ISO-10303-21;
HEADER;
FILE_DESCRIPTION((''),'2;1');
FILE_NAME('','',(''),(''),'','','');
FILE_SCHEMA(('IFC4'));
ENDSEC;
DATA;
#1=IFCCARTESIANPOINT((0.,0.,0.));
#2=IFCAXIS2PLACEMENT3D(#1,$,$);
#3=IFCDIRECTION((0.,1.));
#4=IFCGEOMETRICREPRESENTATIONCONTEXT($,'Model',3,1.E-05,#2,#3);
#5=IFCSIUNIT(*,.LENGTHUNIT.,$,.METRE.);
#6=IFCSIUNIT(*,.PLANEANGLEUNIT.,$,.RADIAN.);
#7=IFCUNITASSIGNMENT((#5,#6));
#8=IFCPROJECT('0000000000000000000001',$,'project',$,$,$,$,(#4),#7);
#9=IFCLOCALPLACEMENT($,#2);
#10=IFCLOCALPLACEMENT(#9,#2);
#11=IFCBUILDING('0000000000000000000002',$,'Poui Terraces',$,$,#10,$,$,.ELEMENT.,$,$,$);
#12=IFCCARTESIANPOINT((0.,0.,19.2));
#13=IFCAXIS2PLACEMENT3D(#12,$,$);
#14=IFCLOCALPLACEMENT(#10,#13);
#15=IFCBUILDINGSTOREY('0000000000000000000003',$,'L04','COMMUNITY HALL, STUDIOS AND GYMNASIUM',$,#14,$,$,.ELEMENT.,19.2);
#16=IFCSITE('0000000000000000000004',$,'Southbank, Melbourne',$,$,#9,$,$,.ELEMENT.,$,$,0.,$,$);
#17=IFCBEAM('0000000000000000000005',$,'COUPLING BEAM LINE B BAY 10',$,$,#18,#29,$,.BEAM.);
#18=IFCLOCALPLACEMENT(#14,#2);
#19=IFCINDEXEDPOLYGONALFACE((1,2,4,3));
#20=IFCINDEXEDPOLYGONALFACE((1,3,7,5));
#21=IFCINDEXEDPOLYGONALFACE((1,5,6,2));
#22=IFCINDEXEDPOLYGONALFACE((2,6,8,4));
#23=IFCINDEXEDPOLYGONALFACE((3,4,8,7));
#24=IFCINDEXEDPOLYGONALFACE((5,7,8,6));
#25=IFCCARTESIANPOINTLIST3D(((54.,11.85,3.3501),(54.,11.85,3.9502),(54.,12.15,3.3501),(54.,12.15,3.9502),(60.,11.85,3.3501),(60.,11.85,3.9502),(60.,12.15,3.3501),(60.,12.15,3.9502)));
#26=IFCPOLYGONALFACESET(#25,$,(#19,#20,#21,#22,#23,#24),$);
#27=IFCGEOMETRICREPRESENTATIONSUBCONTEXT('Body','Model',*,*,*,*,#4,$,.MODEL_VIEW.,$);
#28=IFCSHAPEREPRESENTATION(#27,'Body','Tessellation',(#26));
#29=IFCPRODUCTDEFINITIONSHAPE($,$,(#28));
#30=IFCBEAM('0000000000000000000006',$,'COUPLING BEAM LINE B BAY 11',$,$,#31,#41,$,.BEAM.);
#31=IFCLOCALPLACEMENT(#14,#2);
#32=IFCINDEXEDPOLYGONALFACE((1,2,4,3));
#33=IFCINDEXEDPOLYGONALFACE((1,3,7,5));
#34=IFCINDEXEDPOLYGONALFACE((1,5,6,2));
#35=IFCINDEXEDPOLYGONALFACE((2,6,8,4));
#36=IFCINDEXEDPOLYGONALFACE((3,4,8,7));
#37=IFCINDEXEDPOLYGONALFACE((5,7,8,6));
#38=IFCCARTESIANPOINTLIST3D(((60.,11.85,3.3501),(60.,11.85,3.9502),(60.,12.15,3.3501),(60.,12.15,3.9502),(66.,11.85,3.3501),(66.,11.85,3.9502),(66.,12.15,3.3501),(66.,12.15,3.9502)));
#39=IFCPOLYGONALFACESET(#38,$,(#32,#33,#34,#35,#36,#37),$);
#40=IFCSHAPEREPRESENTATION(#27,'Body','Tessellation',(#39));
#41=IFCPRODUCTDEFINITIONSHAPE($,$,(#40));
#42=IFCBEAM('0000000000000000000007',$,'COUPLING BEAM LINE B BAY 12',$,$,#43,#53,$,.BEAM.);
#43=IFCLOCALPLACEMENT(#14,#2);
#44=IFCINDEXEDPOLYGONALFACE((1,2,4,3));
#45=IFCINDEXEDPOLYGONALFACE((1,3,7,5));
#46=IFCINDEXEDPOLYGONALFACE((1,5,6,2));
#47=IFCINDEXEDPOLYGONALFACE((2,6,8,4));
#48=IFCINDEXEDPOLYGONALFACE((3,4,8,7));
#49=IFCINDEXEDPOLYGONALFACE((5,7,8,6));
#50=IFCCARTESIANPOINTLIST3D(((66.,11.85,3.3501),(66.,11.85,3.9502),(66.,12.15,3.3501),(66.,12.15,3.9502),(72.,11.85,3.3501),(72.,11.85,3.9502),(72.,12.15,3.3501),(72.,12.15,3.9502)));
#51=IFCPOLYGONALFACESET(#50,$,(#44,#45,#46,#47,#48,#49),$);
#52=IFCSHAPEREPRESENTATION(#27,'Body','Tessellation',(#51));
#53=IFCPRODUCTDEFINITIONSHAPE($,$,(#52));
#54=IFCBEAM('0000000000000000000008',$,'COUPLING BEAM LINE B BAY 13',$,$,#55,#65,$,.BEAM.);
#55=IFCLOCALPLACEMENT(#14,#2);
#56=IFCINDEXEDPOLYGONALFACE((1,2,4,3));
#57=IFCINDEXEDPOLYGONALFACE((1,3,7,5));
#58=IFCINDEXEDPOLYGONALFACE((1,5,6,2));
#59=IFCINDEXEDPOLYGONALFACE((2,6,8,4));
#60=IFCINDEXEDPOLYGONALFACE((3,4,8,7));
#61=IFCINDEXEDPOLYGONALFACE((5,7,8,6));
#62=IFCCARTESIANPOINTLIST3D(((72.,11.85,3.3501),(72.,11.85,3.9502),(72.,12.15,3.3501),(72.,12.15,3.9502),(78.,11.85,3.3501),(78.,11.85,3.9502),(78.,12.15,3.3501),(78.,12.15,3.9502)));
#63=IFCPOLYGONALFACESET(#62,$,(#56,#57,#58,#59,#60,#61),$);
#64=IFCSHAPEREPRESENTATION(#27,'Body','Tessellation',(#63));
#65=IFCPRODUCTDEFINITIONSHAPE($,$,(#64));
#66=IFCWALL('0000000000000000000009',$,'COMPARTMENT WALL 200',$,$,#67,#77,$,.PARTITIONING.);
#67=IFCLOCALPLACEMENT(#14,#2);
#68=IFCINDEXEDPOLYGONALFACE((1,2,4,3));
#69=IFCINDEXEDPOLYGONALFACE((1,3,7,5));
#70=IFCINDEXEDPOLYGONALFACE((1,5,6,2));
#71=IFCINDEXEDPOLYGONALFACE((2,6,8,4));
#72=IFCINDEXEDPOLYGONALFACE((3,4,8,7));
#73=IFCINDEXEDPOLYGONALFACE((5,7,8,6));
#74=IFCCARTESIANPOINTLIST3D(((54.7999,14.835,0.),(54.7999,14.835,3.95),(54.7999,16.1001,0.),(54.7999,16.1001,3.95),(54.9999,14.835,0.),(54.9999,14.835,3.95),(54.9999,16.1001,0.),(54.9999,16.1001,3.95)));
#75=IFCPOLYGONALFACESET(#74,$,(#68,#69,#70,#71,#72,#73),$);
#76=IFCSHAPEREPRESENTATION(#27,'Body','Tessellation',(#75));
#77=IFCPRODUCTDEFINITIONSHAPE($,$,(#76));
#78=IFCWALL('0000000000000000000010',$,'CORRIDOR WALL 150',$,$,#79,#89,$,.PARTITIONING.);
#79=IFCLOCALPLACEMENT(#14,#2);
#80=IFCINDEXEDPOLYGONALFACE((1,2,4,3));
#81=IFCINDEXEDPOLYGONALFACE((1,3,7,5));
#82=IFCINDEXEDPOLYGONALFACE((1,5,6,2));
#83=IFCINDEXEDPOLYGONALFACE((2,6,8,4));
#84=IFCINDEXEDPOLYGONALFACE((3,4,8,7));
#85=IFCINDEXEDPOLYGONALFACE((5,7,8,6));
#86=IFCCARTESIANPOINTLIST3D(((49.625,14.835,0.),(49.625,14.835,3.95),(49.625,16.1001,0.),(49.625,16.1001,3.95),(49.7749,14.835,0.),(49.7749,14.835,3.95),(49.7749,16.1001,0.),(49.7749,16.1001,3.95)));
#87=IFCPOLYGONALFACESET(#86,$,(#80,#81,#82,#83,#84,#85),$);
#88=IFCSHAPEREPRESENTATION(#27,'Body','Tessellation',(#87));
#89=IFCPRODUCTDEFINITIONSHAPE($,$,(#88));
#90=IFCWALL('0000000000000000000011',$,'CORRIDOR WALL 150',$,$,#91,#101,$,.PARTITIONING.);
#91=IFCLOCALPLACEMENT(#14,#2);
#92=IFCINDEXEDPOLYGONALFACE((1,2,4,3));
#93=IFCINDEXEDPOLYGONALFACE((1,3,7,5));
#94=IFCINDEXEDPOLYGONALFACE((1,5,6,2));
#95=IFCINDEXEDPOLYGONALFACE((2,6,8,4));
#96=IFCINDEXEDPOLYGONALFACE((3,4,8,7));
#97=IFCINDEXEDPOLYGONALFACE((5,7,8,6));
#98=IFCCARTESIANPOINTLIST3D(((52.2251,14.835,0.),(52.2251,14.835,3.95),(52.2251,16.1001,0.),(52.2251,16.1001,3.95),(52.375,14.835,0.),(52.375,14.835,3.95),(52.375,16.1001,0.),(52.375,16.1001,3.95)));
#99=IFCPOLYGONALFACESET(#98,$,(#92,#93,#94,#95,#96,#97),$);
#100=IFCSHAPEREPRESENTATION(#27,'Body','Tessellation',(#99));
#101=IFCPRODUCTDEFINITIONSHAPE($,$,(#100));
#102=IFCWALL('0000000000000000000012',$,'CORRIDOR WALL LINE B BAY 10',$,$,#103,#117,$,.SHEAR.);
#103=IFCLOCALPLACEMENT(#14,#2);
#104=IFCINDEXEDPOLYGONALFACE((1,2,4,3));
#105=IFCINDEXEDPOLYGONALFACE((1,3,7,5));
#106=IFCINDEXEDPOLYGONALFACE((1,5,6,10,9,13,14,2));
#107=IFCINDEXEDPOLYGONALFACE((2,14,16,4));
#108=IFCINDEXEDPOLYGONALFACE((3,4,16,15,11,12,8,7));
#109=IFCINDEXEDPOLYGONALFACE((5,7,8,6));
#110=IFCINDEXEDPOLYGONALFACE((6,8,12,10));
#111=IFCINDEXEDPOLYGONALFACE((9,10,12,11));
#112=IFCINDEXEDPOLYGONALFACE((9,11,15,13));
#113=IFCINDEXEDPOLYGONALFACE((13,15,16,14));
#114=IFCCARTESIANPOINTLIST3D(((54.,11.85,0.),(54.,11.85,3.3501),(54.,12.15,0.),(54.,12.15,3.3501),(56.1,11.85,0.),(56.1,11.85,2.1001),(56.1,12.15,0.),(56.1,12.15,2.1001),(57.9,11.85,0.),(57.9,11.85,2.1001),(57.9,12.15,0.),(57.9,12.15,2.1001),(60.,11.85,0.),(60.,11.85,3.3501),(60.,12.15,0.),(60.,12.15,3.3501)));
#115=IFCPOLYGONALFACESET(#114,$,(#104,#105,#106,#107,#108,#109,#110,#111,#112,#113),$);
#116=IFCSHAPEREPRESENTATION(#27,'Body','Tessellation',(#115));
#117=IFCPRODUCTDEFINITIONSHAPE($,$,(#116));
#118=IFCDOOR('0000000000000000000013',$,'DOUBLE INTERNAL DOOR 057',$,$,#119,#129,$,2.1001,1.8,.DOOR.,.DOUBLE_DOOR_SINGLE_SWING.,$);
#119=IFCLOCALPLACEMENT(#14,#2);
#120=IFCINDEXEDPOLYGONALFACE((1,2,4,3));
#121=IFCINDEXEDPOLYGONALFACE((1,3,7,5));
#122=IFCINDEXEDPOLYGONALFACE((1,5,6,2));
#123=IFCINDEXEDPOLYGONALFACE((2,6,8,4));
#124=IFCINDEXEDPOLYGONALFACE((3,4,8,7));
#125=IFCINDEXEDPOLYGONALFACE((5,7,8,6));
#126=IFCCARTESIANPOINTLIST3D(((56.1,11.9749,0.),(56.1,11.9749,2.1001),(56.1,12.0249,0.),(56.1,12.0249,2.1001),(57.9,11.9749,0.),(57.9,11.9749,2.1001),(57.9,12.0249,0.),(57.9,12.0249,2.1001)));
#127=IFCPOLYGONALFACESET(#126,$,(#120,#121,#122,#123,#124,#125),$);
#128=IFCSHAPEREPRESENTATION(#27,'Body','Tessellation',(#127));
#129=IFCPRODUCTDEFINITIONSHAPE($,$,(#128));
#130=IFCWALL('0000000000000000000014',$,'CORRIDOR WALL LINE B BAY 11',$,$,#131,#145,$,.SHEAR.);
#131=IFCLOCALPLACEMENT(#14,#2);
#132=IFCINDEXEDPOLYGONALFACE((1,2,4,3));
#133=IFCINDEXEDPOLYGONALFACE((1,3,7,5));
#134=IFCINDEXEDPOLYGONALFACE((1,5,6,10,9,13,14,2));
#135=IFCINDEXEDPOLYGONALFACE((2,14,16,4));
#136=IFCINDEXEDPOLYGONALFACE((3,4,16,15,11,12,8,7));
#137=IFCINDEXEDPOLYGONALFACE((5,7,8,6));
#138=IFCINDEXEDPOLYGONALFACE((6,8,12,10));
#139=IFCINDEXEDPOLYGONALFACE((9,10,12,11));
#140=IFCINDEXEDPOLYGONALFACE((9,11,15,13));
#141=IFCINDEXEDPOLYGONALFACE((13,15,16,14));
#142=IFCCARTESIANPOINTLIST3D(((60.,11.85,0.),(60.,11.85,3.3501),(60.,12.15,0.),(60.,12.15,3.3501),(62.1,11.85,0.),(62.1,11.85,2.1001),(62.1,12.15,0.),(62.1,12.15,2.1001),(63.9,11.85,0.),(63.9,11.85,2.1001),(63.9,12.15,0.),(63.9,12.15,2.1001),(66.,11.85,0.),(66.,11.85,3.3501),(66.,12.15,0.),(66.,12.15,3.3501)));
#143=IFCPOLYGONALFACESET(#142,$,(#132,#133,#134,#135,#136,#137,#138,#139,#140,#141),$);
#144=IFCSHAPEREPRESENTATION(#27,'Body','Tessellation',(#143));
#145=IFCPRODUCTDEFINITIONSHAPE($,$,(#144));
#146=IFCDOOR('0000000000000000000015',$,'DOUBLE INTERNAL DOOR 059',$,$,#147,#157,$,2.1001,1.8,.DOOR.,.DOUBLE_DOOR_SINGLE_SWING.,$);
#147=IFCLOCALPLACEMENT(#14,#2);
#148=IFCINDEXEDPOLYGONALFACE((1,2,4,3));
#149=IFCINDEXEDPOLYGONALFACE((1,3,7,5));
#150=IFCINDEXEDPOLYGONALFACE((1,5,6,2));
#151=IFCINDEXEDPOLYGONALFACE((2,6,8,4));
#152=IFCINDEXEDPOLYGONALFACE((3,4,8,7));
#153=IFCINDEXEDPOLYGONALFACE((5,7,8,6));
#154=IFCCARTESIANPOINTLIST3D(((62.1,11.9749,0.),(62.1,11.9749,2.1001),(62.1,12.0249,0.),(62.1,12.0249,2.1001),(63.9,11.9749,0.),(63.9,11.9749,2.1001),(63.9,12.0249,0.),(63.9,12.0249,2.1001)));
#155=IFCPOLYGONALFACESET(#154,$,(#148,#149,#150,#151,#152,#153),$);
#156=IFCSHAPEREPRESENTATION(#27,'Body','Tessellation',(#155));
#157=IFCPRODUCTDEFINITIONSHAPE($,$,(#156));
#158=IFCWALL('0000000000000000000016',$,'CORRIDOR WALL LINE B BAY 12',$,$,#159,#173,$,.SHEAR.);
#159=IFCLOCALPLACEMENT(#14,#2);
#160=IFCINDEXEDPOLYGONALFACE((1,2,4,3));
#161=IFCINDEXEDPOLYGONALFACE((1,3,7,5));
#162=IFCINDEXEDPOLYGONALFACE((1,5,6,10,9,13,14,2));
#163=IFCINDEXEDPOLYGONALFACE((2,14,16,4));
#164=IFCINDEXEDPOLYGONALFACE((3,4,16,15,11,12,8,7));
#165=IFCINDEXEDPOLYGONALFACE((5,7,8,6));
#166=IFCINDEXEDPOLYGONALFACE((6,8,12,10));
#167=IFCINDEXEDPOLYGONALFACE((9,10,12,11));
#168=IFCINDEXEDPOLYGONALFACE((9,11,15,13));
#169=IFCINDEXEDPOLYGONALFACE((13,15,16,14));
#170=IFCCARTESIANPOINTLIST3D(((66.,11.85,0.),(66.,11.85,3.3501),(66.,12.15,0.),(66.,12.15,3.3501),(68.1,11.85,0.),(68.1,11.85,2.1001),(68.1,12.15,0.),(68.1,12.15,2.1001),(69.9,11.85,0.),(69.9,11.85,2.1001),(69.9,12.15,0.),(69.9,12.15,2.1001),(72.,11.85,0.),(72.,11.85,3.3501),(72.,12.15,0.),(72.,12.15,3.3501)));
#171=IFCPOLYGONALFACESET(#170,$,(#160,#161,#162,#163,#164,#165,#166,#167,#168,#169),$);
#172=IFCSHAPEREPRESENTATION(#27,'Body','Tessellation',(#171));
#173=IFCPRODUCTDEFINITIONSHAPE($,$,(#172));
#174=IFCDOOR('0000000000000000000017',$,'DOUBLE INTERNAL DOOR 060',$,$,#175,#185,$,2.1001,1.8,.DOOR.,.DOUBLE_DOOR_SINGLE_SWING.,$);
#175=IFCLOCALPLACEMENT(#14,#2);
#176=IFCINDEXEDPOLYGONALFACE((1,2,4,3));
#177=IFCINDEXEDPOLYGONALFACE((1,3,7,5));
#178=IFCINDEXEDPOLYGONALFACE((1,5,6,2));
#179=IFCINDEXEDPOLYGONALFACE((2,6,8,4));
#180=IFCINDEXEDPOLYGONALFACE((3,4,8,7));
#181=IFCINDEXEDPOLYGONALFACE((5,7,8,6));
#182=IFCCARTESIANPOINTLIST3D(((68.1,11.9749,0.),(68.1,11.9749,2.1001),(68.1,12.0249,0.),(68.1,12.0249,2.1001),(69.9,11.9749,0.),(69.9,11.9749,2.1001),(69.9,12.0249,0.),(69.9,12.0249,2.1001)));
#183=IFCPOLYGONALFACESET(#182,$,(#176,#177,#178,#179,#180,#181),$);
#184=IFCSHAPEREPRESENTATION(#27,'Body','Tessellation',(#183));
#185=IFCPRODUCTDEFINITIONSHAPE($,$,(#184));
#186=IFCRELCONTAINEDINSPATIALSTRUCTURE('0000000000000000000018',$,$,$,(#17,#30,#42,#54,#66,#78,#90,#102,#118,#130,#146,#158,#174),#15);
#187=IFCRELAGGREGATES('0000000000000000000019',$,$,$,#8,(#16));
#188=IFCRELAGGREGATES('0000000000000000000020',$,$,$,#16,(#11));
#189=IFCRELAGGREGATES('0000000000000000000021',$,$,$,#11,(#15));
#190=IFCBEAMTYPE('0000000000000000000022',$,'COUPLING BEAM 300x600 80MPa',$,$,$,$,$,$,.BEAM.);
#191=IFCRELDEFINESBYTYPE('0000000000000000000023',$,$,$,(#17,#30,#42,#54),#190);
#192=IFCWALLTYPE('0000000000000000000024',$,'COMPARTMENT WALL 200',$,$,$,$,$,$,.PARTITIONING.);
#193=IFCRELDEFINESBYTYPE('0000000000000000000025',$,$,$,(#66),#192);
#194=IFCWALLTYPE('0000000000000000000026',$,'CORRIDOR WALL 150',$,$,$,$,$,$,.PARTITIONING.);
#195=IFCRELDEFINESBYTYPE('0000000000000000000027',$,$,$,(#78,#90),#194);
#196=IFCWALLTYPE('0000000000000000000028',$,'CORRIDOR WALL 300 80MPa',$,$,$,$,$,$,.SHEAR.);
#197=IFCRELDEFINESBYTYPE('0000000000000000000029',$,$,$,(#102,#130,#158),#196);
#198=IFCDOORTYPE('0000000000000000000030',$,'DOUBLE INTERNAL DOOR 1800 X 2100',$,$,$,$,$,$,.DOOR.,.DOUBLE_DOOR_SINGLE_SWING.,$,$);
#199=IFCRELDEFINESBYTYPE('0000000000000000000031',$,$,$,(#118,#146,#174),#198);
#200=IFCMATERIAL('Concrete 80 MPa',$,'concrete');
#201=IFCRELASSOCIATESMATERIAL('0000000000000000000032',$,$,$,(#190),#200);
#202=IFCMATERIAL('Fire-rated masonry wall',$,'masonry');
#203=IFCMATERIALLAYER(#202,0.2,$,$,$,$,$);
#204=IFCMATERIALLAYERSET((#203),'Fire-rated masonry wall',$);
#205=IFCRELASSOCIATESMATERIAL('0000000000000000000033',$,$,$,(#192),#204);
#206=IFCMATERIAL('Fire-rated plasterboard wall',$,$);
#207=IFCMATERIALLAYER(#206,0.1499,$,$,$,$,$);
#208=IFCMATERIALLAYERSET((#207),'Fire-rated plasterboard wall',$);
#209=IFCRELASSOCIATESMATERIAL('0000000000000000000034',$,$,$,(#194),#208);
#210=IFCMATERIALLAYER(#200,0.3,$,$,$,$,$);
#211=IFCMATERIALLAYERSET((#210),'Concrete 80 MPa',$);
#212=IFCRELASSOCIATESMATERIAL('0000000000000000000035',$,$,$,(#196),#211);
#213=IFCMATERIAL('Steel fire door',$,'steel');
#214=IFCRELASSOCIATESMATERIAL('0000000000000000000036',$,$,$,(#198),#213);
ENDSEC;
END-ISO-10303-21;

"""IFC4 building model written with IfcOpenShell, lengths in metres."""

from ifc_helpers import new_model, si_unit, direction, frame, frame_2d, origin, origin_2d, place, context, subcontext, project, spatial, rectangle, extrude, source, transform, mapped, material, layer, layer_set, material_profile, profile_set, type_object, element, fill, save


model = new_model("IFC4")

# Units and contexts
model_context = context("Model", 3, precision=1e-05, world=origin(), true_north=direction((0.0, 1.0)))
body_context = subcontext(model_context, "Body", "Model", "MODEL_VIEW")
ifc_project = project(units=[si_unit("LENGTHUNIT", "METRE"), si_unit("PLANEANGLEUNIT", "RADIAN")], contexts=[model_context])

# Site, building, storey
site_placement = place(None, origin())
site = spatial("IfcSite", under=ifc_project, at=site_placement, Name="Southbank, Melbourne", CompositionType="ELEMENT", RefElevation=0.0)
building_placement = place(site_placement, origin())
building = spatial("IfcBuilding", under=site, at=building_placement, Name="Poui Terraces", CompositionType="ELEMENT")
storey_placement = place(building_placement, frame((0.0, 0.0, 19.2)))
storey = spatial("IfcBuildingStorey", under=building, at=storey_placement, Name="L04", Description="COMMUNITY HALL, STUDIOS AND GYMNASIUM", CompositionType="ELEMENT", Elevation=19.2)

# Beams
ifc_material_1 = material(Name="Concrete 80 MPa", Category="concrete")
ifc_material_profile = material_profile(ifc_material_1, rectangle(XDim=0.3, YDim=0.6001, at=origin_2d()), Name="RC 300x600")
ifc_profile_set = profile_set([ifc_material_profile], Name="Concrete 80 MPa")
beam_type = type_object("IfcBeamType", Name="COUPLING BEAM 300x600 80MPa", PredefinedType="BEAM", material=ifc_profile_set)
shared_shape = source(origin(), body_context, "Body", "SweptSolid", [
    extrude(rectangle(XDim=0.3, YDim=0.6001, at=origin_2d()), origin(), (0.0, 0.0, 1.0), 6.0),
])
for number, where, z_axis, x_axis, name in (
    (1, (54.0, 12.0, 3.6501), (1.0, 0.0, 0.0), (0.0, 1.0, 0.0), "COUPLING BEAM LINE B BAY 10"),
    (2, (60.0, 12.0, 3.6501), (1.0, 0.0, 0.0), (0.0, 1.0, 0.0), "COUPLING BEAM LINE B BAY 11"),
    (3, (66.0, 12.0, 3.6501), (1.0, 0.0, 0.0), (0.0, 1.0, 0.0), "COUPLING BEAM LINE B BAY 12"),
    (4, (72.0, 12.0, 3.6501), (1.0, 0.0, 0.0), (0.0, 1.0, 0.0), "COUPLING BEAM LINE B BAY 13"),
):
    element("IfcBeam", number, at=place(storey_placement, frame(where, z_axis=z_axis, x_axis=x_axis)), inside=storey, type_object=beam_type, Name=name, PredefinedType="BEAM", context=body_context, shape_type="MappedRepresentation", body=[
        mapped(shared_shape, transform((0.0, 0.0, 0.0))),
    ])

# Walls
ifc_material_2 = material(Name="Fire-rated masonry wall", Category="masonry")
ifc_layer_1 = layer(ifc_material_2, 0.2)
ifc_layer_set_1 = layer_set([ifc_layer_1], Name="Fire-rated masonry wall")
wall_type_1 = type_object("IfcWallType", Name="COMPARTMENT WALL 200", PredefinedType="PARTITIONING", material=ifc_layer_set_1)
wall_1_placement = place(storey_placement, frame((54.8999, 14.835, 0.0), z_axis=(0.0, 0.0, 1.0), x_axis=(0.0, 1.0, 0.0)))
element("IfcWall", 5, at=wall_1_placement, inside=storey, type_object=wall_type_1, Name="COMPARTMENT WALL 200", PredefinedType="PARTITIONING", context=body_context, shape_type="SweptSolid", body=[
    extrude(rectangle(XDim=1.2651, YDim=0.2, at=frame_2d((0.6326, 0.0))), origin(), (0.0, 0.0, 1.0), 3.95),
])
ifc_material_3 = material(Name="Fire-rated plasterboard wall")
ifc_layer_2 = layer(ifc_material_3, 0.1499)
ifc_layer_set_2 = layer_set([ifc_layer_2], Name="Fire-rated plasterboard wall")
wall_type_2 = type_object("IfcWallType", Name="CORRIDOR WALL 150", PredefinedType="PARTITIONING", material=ifc_layer_set_2)
for number, where, z_axis, x_axis, name in (
    (6, (49.7, 14.835, 0.0), (0.0, 0.0, 1.0), (0.0, 1.0, 0.0), "CORRIDOR WALL 150"),
    (7, (52.3, 14.835, 0.0), (0.0, 0.0, 1.0), (0.0, 1.0, 0.0), "CORRIDOR WALL 150"),
):
    element("IfcWall", number, at=place(storey_placement, frame(where, z_axis=z_axis, x_axis=x_axis)), inside=storey, type_object=wall_type_2, Name=name, PredefinedType="PARTITIONING", context=body_context, shape_type="SweptSolid", body=[
        extrude(rectangle(XDim=1.2651, YDim=0.1499, at=frame_2d((0.6326, 0.0))), origin(), (0.0, 0.0, 1.0), 3.95),
    ])

# Walls, openings, doors
ifc_layer_3 = layer(ifc_material_1, 0.3)
ifc_layer_set_3 = layer_set([ifc_layer_3], Name="Concrete 80 MPa")
wall_type_3 = type_object("IfcWallType", Name="CORRIDOR WALL 300 80MPa", PredefinedType="SHEAR", material=ifc_layer_set_3)
wall_2_placement = place(storey_placement, frame((54.0, 12.0, 0.0), z_axis=(0.0, 0.0, 1.0), x_axis=(1.0, 0.0, 0.0)))
wall_2 = element("IfcWall", 8, at=wall_2_placement, inside=storey, type_object=wall_type_3, Name="CORRIDOR WALL LINE B BAY 10", PredefinedType="SHEAR", context=body_context, shape_type="SweptSolid", body=[
    extrude(rectangle(XDim=6.0, YDim=0.3, at=frame_2d((3.0, 0.0))), origin(), (0.0, 0.0, 1.0), 3.3501),
])
opening_1_placement = place(wall_2_placement, frame((2.1001, 0.0, 0.0)))
opening_1 = element("IfcOpeningElement", 9, at=opening_1_placement, cuts=wall_2, PredefinedType="OPENING", context=body_context, shape_type="SweptSolid", body=[
    extrude(rectangle(XDim=1.8, YDim=2.1001, at=frame_2d((0.8999, 1.05))), frame((0.0, 0.1602, 0.0), z_axis=(0.0, -1.0, 0.0), x_axis=(1.0, 0.0, 0.0)), (0.0, 0.0, 1.0), 0.3201),
])
ifc_material_4 = material(Name="Steel fire door", Category="steel")
door_type_1 = type_object("IfcDoorType", Name="DOUBLE INTERNAL DOOR 1800 X 2100", OperationType="DOUBLE_DOOR_SINGLE_SWING", PredefinedType="DOOR", material=ifc_material_4)
door_1_placement = place(opening_1_placement, origin())
door_1 = element("IfcDoor", 10, at=door_1_placement, inside=storey, type_object=door_type_1, Name="DOUBLE INTERNAL DOOR 057", OperationType="DOUBLE_DOOR_SINGLE_SWING", OverallHeight=2.1001, OverallWidth=1.8, PredefinedType="DOOR", context=body_context, shape_type="SweptSolid", body=[
    extrude(rectangle(XDim=1.8, YDim=2.1001, at=frame_2d((0.8999, 1.05))), frame((0.0, 0.0249, 0.0), z_axis=(0.0, -1.0, 0.0), x_axis=(1.0, 0.0, 0.0)), (0.0, 0.0, 1.0), 0.05),
])
fill(opening_1, door_1)
wall_3_placement = place(storey_placement, frame((60.0, 12.0, 0.0), z_axis=(0.0, 0.0, 1.0), x_axis=(1.0, 0.0, 0.0)))
wall_3 = element("IfcWall", 11, at=wall_3_placement, inside=storey, type_object=wall_type_3, Name="CORRIDOR WALL LINE B BAY 11", PredefinedType="SHEAR", context=body_context, shape_type="SweptSolid", body=[
    extrude(rectangle(XDim=6.0, YDim=0.3, at=frame_2d((3.0, 0.0))), origin(), (0.0, 0.0, 1.0), 3.3501),
])
opening_2_placement = place(wall_3_placement, frame((2.1001, 0.0, 0.0)))
opening_2 = element("IfcOpeningElement", 12, at=opening_2_placement, cuts=wall_3, PredefinedType="OPENING", context=body_context, shape_type="SweptSolid", body=[
    extrude(rectangle(XDim=1.8, YDim=2.1001, at=frame_2d((0.8999, 1.05))), frame((0.0, 0.1602, 0.0), z_axis=(0.0, -1.0, 0.0), x_axis=(1.0, 0.0, 0.0)), (0.0, 0.0, 1.0), 0.3201),
])
door_2_placement = place(opening_2_placement, origin())
door_2 = element("IfcDoor", 13, at=door_2_placement, inside=storey, type_object=door_type_1, Name="DOUBLE INTERNAL DOOR 059", OperationType="DOUBLE_DOOR_SINGLE_SWING", OverallHeight=2.1001, OverallWidth=1.8, PredefinedType="DOOR", context=body_context, shape_type="SweptSolid", body=[
    extrude(rectangle(XDim=1.8, YDim=2.1001, at=frame_2d((0.8999, 1.05))), frame((0.0, 0.0249, 0.0), z_axis=(0.0, -1.0, 0.0), x_axis=(1.0, 0.0, 0.0)), (0.0, 0.0, 1.0), 0.05),
])
fill(opening_2, door_2)
wall_4_placement = place(storey_placement, frame((66.0, 12.0, 0.0), z_axis=(0.0, 0.0, 1.0), x_axis=(1.0, 0.0, 0.0)))
wall_4 = element("IfcWall", 14, at=wall_4_placement, inside=storey, type_object=wall_type_3, Name="CORRIDOR WALL LINE B BAY 12", PredefinedType="SHEAR", context=body_context, shape_type="SweptSolid", body=[
    extrude(rectangle(XDim=6.0, YDim=0.3, at=frame_2d((3.0, 0.0))), origin(), (0.0, 0.0, 1.0), 3.3501),
])
opening_3_placement = place(wall_4_placement, frame((2.1001, 0.0, 0.0)))
opening_3 = element("IfcOpeningElement", 15, at=opening_3_placement, cuts=wall_4, PredefinedType="OPENING", context=body_context, shape_type="SweptSolid", body=[
    extrude(rectangle(XDim=1.8, YDim=2.1001, at=frame_2d((0.8999, 1.05))), frame((0.0, 0.1602, 0.0), z_axis=(0.0, -1.0, 0.0), x_axis=(1.0, 0.0, 0.0)), (0.0, 0.0, 1.0), 0.3201),
])
door_3_placement = place(opening_3_placement, origin())
door_3 = element("IfcDoor", 16, at=door_3_placement, inside=storey, type_object=door_type_1, Name="DOUBLE INTERNAL DOOR 060", OperationType="DOUBLE_DOOR_SINGLE_SWING", OverallHeight=2.1001, OverallWidth=1.8, PredefinedType="DOOR", context=body_context, shape_type="SweptSolid", body=[
    extrude(rectangle(XDim=1.8, YDim=2.1001, at=frame_2d((0.8999, 1.05))), frame((0.0, 0.0249, 0.0), z_axis=(0.0, -1.0, 0.0), x_axis=(1.0, 0.0, 0.0)), (0.0, 0.0, 1.0), 0.05),
])
fill(opening_3, door_3)

save(model, "model.ifc")
